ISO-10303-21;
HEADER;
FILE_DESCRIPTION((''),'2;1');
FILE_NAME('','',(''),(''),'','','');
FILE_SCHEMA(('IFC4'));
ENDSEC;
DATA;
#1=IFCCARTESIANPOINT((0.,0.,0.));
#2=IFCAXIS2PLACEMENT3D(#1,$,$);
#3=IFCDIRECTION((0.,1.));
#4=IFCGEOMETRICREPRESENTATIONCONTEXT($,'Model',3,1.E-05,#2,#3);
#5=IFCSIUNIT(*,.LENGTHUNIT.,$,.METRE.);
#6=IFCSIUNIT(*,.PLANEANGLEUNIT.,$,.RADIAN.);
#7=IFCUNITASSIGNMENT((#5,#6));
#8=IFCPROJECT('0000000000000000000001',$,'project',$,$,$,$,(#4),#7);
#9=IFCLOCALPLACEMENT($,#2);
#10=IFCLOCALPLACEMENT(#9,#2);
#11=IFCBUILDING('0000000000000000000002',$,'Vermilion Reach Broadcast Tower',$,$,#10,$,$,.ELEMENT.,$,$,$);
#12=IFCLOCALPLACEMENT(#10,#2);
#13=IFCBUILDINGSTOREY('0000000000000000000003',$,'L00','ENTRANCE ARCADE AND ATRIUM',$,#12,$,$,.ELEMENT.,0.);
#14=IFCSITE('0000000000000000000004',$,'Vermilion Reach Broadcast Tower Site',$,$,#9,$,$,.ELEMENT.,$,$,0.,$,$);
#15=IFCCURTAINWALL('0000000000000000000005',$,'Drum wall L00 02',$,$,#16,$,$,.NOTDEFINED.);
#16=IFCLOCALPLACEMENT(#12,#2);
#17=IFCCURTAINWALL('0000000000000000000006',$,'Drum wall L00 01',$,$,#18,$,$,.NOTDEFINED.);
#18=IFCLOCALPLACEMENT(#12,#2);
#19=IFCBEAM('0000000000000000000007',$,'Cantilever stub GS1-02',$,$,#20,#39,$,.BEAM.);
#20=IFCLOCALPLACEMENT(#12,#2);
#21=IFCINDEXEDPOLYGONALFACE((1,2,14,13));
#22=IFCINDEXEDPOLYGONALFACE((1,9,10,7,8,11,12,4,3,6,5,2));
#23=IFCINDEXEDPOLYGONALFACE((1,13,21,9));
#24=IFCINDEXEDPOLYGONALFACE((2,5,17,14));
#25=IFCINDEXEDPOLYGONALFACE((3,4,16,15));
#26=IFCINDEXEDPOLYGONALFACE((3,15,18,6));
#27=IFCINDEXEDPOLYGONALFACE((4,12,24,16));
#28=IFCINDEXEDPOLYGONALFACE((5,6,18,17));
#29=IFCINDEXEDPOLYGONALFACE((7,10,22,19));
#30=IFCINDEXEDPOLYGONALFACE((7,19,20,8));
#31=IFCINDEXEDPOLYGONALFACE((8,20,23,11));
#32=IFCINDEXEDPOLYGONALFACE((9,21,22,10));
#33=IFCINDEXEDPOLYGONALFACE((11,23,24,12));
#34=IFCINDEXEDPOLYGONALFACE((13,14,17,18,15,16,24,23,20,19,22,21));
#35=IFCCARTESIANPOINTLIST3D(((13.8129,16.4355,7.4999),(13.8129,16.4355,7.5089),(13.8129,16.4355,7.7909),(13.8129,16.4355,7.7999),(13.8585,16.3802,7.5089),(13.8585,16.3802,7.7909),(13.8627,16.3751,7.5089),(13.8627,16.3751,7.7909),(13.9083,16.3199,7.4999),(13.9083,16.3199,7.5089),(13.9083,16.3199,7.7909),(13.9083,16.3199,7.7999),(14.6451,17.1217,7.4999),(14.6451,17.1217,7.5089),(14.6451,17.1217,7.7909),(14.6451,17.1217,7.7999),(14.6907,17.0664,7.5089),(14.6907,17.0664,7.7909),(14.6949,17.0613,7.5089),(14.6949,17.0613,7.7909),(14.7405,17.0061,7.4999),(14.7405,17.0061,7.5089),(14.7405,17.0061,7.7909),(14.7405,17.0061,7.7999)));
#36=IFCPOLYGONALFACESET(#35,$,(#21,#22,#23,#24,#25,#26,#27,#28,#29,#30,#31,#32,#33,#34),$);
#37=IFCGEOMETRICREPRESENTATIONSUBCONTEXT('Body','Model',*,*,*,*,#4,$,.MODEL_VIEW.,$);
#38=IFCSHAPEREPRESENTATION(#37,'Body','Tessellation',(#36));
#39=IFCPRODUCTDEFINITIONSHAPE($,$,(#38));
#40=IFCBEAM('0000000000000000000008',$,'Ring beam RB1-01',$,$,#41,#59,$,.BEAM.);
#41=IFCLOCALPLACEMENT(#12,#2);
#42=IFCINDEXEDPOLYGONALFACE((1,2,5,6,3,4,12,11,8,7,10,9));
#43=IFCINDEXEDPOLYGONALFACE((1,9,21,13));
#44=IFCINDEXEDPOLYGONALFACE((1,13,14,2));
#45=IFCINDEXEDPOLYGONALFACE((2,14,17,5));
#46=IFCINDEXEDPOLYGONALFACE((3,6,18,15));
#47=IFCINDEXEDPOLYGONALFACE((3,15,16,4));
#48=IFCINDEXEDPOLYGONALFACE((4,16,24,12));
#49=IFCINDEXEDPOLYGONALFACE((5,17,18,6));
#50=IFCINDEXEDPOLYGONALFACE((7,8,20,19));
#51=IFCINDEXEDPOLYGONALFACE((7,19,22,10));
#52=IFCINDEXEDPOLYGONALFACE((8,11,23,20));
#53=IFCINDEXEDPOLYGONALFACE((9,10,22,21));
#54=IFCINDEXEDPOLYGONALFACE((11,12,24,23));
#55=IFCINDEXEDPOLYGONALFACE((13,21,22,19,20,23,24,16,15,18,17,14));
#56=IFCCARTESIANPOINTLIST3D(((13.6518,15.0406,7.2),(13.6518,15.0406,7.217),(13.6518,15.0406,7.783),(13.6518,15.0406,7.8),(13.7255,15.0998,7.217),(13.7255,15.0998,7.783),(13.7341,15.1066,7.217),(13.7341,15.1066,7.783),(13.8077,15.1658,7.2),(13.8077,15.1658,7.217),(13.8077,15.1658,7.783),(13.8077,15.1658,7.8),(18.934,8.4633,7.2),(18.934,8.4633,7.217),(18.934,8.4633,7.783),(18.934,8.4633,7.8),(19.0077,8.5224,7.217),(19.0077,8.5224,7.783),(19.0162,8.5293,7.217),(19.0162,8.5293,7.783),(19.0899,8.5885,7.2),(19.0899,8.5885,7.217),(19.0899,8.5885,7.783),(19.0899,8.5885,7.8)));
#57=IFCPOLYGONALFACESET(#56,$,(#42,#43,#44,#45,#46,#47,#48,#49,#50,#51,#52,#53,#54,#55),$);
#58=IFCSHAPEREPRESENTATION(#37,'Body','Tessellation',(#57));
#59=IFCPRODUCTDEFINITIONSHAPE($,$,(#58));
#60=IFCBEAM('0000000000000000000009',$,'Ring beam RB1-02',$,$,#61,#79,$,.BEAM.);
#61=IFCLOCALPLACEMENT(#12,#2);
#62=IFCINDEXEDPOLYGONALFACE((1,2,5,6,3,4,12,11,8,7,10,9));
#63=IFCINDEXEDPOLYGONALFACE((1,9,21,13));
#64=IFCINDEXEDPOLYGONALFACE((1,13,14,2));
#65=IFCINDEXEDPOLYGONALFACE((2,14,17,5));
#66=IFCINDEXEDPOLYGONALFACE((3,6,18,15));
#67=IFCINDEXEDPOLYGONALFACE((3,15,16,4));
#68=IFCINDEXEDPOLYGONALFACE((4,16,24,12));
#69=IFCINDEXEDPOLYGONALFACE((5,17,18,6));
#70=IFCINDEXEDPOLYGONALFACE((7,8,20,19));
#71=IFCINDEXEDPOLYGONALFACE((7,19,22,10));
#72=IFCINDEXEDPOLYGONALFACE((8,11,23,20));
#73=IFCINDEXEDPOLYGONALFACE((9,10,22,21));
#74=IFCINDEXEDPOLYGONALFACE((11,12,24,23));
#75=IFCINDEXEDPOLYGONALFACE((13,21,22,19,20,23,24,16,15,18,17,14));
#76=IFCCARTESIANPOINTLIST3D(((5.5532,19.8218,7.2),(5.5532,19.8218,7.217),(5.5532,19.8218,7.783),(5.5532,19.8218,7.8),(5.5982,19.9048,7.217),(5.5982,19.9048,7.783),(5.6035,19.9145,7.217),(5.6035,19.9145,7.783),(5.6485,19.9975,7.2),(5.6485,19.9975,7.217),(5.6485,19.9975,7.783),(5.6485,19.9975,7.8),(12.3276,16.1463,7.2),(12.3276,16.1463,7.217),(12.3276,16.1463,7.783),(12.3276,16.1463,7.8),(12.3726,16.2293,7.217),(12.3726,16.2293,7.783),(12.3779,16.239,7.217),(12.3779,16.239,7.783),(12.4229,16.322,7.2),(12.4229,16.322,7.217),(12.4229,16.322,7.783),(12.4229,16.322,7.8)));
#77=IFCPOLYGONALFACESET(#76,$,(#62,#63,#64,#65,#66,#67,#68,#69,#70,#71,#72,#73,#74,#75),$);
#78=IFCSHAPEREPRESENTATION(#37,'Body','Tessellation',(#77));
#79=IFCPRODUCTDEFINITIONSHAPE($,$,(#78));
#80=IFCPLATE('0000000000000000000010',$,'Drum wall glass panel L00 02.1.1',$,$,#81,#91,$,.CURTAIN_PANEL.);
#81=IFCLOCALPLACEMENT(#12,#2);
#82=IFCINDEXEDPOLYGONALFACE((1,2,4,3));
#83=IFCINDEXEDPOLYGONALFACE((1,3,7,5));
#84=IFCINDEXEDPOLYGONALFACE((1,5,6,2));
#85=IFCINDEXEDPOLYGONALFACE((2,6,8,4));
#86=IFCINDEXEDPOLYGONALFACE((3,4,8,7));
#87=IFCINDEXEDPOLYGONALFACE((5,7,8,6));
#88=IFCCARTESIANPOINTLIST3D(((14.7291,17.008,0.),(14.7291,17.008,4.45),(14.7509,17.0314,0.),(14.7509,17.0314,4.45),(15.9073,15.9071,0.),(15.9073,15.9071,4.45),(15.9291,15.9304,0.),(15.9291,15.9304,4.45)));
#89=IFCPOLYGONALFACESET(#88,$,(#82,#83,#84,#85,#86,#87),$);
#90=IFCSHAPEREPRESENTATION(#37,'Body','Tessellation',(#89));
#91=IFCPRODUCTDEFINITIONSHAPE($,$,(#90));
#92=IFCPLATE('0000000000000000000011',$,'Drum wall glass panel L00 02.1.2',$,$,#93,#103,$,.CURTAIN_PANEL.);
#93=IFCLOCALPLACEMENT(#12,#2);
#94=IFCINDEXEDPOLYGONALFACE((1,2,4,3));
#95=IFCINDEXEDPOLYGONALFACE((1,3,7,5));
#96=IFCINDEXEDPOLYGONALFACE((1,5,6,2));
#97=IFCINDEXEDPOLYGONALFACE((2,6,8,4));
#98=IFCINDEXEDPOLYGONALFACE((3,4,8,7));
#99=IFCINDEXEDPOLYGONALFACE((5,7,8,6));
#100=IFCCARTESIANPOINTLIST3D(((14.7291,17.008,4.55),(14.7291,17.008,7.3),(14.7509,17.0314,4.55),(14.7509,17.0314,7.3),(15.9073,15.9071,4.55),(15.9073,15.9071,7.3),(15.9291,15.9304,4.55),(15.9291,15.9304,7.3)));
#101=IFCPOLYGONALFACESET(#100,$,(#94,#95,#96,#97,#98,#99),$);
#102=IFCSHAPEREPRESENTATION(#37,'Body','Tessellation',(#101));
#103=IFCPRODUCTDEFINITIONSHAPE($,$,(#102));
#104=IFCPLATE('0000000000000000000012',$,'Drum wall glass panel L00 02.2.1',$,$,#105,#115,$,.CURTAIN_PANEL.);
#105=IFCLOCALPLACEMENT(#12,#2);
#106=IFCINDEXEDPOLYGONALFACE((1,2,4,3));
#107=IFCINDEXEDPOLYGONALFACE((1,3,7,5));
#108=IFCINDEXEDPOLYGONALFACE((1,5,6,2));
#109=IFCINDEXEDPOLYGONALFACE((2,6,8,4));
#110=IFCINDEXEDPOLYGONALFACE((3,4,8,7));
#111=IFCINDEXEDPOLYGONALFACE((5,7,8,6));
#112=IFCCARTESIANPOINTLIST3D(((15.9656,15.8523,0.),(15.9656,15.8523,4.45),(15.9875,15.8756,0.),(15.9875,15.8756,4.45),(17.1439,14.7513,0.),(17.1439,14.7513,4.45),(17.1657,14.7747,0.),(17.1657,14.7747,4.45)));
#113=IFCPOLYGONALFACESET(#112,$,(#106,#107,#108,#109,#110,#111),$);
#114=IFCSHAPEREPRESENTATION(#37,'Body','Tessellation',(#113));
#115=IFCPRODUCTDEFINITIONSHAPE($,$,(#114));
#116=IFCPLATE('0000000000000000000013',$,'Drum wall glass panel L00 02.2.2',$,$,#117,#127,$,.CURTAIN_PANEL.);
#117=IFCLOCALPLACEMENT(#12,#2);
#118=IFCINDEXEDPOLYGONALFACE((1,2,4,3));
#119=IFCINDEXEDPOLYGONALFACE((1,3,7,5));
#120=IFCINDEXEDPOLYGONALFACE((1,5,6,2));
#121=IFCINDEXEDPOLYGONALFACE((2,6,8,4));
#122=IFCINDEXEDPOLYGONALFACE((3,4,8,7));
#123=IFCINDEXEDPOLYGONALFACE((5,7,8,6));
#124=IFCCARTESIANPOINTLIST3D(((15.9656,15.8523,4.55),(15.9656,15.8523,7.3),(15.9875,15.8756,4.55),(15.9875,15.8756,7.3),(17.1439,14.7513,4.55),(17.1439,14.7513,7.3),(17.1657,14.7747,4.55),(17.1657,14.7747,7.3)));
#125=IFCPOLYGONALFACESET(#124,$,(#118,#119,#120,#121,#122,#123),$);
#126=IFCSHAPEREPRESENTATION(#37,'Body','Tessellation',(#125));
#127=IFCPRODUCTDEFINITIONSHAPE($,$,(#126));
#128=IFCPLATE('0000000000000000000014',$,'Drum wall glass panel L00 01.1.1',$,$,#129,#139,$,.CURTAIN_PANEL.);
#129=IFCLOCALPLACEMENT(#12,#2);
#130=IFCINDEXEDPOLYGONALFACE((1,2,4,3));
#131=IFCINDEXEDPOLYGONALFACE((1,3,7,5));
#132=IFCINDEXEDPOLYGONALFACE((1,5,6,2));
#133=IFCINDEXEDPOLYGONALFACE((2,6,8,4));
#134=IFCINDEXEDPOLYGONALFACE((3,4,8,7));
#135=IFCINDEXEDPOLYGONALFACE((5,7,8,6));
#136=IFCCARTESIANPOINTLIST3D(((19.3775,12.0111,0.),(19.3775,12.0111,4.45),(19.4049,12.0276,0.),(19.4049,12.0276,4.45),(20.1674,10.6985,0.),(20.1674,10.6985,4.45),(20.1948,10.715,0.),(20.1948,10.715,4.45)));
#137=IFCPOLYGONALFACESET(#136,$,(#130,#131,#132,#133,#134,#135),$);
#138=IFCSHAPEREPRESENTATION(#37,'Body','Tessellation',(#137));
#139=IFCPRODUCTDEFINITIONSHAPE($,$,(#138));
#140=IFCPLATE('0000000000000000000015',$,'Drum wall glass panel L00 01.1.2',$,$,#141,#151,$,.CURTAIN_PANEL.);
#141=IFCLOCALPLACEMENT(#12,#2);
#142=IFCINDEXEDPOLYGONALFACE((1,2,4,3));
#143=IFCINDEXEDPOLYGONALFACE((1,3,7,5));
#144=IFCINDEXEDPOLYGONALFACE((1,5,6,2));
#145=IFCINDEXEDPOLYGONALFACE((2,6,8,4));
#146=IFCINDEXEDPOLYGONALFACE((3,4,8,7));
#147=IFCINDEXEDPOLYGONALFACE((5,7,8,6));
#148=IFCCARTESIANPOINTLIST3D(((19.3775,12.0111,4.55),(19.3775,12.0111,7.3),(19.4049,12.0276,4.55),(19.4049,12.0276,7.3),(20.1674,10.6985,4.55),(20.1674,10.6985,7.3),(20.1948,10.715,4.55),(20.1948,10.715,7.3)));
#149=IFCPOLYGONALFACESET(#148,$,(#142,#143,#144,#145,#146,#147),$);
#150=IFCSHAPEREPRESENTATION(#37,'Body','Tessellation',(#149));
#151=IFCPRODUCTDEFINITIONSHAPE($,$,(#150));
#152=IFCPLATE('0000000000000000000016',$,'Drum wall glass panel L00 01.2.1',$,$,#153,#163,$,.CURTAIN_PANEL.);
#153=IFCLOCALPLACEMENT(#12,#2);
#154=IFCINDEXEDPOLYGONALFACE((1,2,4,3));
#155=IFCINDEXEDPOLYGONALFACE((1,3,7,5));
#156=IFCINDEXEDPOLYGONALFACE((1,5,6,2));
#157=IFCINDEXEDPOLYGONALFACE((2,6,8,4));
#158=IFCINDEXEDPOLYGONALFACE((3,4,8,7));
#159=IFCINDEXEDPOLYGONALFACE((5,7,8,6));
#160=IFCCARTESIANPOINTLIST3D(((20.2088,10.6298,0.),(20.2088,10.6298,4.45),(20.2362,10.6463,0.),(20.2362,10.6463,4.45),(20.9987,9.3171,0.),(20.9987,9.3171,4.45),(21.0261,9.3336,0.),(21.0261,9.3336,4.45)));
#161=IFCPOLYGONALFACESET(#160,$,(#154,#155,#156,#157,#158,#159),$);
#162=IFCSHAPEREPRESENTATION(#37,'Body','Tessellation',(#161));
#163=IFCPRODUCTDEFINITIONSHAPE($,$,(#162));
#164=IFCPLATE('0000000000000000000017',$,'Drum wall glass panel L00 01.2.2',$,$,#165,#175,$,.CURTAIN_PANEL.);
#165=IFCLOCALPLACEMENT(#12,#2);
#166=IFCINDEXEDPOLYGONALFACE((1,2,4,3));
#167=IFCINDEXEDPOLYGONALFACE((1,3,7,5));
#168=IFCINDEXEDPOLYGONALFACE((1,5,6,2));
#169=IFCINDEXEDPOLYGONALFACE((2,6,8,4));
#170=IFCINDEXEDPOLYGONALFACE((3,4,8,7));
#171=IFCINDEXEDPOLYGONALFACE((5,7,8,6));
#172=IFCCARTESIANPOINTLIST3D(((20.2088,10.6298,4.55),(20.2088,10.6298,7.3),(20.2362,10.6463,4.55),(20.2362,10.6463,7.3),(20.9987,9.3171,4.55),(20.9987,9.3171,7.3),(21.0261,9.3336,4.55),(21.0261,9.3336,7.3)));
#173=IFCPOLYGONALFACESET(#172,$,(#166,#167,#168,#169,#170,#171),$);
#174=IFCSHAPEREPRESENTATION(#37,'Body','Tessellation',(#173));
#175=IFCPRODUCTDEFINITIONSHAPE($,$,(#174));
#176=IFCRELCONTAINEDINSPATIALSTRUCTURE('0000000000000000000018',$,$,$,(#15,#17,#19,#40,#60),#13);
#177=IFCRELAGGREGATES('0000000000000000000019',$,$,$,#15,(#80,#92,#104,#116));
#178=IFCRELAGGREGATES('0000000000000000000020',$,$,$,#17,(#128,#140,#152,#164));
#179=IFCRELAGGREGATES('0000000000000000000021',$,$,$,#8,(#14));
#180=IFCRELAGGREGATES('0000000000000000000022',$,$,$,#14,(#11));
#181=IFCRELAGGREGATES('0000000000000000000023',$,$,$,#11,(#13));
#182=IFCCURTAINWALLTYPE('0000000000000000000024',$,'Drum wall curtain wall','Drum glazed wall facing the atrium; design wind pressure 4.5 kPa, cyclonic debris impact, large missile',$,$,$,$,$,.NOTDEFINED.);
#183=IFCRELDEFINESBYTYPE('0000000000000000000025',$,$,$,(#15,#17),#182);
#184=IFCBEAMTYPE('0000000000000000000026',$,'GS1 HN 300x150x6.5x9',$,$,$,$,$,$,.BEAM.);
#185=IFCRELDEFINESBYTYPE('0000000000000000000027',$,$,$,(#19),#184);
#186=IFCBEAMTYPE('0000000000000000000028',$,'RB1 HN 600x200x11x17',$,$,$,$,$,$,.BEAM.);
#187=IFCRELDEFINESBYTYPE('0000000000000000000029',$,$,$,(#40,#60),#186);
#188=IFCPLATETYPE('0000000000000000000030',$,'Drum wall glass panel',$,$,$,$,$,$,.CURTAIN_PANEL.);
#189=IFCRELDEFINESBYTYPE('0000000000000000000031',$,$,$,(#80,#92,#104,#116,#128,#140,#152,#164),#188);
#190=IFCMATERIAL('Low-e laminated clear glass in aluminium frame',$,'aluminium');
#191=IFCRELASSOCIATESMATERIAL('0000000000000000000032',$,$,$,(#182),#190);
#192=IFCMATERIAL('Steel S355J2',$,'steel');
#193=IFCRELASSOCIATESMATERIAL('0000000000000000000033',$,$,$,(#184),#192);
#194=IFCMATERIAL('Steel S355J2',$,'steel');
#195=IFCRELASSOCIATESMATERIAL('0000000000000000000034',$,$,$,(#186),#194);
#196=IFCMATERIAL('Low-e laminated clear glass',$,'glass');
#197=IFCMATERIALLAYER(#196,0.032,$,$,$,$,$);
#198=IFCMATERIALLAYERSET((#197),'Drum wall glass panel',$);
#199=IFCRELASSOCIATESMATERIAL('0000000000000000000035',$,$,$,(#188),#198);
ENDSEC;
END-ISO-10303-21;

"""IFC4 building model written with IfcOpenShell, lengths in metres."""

from ifc_helpers import new_model, si_unit, direction, frame, origin, origin_2d, place, context, subcontext, project, spatial, rectangle, i_section, extrude, material, layer, layer_set, material_profile, profile_set, type_object, element, aggregate, save


model = new_model("IFC4")

# Units and contexts
model_context = context("Model", 3, precision=1e-05, world=origin(), true_north=direction((0.0, 1.0)))
body_context = subcontext(model_context, "Body", "Model", "MODEL_VIEW")
ifc_project = project(units=[si_unit("LENGTHUNIT", "METRE"), si_unit("PLANEANGLEUNIT", "RADIAN")], contexts=[model_context])

# Site, building, storey
site_placement = place(None, origin())
site = spatial("IfcSite", under=ifc_project, at=site_placement, Name="Vermilion Reach Broadcast Tower Site", CompositionType="ELEMENT", RefElevation=0.0)
building_placement = place(site_placement, origin())
building = spatial("IfcBuilding", under=site, at=building_placement, Name="Vermilion Reach Broadcast Tower", CompositionType="ELEMENT")
storey_placement = place(building_placement, origin())
storey = spatial("IfcBuildingStorey", under=building, at=storey_placement, Name="L00", Description="ENTRANCE ARCADE AND ATRIUM", CompositionType="ELEMENT", Elevation=0.0)

# Curtain walls
ifc_material_1 = material(Name="Low-e laminated clear glass in aluminium frame", Category="aluminium")
curtain_wall_type = type_object("IfcCurtainWallType", Name="Drum wall curtain wall", Description="Drum glazed wall facing the atrium; design wind pressure 4.5 kPa, cyclonic debris impact, large missile", PredefinedType="NOTDEFINED", material=ifc_material_1)
placement = place(storey_placement, origin())
curtain_wall_1 = element("IfcCurtainWall", 1, at=placement, inside=storey, type_object=curtain_wall_type, Name="Drum wall L00 02", PredefinedType="NOTDEFINED")
curtain_wall_2 = element("IfcCurtainWall", 2, at=placement, inside=storey, type_object=curtain_wall_type, Name="Drum wall L00 01", PredefinedType="NOTDEFINED")

# Beams
ifc_material_2 = material(Name="Steel S355J2", Category="steel")
ifc_material_profile_1 = material_profile(ifc_material_2, i_section(OverallWidth=0.1499, OverallDepth=0.3, WebThickness=0.0066, FlangeThickness=0.009, at=origin_2d()), Name="S355J2 HN 300x150x6.5x9")
ifc_profile_set_1 = profile_set([ifc_material_profile_1], Name="Steel S355J2")
beam_type_1 = type_object("IfcBeamType", Name="GS1 HN 300x150x6.5x9", PredefinedType="BEAM", material=ifc_profile_set_1)
beam_1_placement = place(storey_placement, frame((13.8606, 16.3777, 7.6499), z_axis=(0.771532, 0.636191, 0.0), x_axis=(-0.636191, 0.771532, 0.0)))
element("IfcBeam", 3, at=beam_1_placement, inside=storey, type_object=beam_type_1, Name="Cantilever stub GS1-02", PredefinedType="BEAM", context=body_context, shape_type="SweptSolid", body=[
    extrude(i_section(OverallWidth=0.1499, OverallDepth=0.3, WebThickness=0.0066, FlangeThickness=0.009, at=origin_2d()), origin(), (0.0, 0.0, 1.0), 1.0786),
])
ifc_material_3 = material(Name="Steel S355J2", Category="steel")
ifc_material_profile_2 = material_profile(ifc_material_3, i_section(OverallWidth=0.2, OverallDepth=0.6001, WebThickness=0.011, FlangeThickness=0.0171, at=origin_2d()), Name="S355J2 HN 600x200x11x17")
ifc_profile_set_2 = profile_set([ifc_material_profile_2], Name="Steel S355J2")
beam_type_2 = type_object("IfcBeamType", Name="RB1 HN 600x200x11x17", PredefinedType="BEAM", material=ifc_profile_set_2)
beam_2_placement = place(storey_placement, frame((19.012, 8.5259, 7.5), z_axis=(-0.626162, 0.779693, 0.0), x_axis=(-0.779693, -0.626162, 0.0)))
element("IfcBeam", 4, at=beam_2_placement, inside=storey, type_object=beam_type_2, Name="Ring beam RB1-01", PredefinedType="BEAM", context=body_context, shape_type="SweptSolid", body=[
    extrude(i_section(OverallWidth=0.2, OverallDepth=0.6001, WebThickness=0.011, FlangeThickness=0.0171, at=origin_2d()), origin(), (0.0, 0.0, 1.0), 8.4358),
])
beam_3_placement = place(storey_placement, frame((12.3752, 16.2341, 7.5), z_axis=(-0.878962, 0.476891, 0.0), x_axis=(-0.476891, -0.878962, 0.0)))
element("IfcBeam", 5, at=beam_3_placement, inside=storey, type_object=beam_type_2, Name="Ring beam RB1-02", PredefinedType="BEAM", context=body_context, shape_type="SweptSolid", body=[
    extrude(i_section(OverallWidth=0.2, OverallDepth=0.6001, WebThickness=0.011, FlangeThickness=0.0171, at=origin_2d()), origin(), (0.0, 0.0, 1.0), 7.7073),
])

# Plates
ifc_material_4 = material(Name="Low-e laminated clear glass", Category="glass")
ifc_layer_1 = layer(ifc_material_4, 0.032)
ifc_layer_set_1 = layer_set([ifc_layer_1], Name="Drum wall glass panel")
plate_type = type_object("IfcPlateType", Name="Drum wall glass panel", PredefinedType="CURTAIN_PANEL", material=ifc_layer_set_1)
plate_1_placement = place(storey_placement, frame((15.3291, 16.4692, 0.0), z_axis=(0.0, 0.0, 1.0), x_axis=(0.730654, -0.682748, 0.0)))
plate_1 = element("IfcPlate", 6, at=plate_1_placement, type_object=plate_type, Name="Drum wall glass panel L00 02.1.1", PredefinedType="CURTAIN_PANEL", context=body_context, shape_type="SweptSolid", body=[
    extrude(rectangle(XDim=1.6125, YDim=0.032, at=origin_2d()), origin(), (0.0, 0.0, 1.0), 4.45),
])
plate_2_placement = place(storey_placement, frame((15.3291, 16.4692, 4.55), z_axis=(0.0, 0.0, 1.0), x_axis=(0.730654, -0.682748, 0.0)))
plate_2 = element("IfcPlate", 7, at=plate_2_placement, type_object=plate_type, Name="Drum wall glass panel L00 02.1.2", PredefinedType="CURTAIN_PANEL", context=body_context, shape_type="SweptSolid", body=[
    extrude(rectangle(XDim=1.6125, YDim=0.032, at=origin_2d()), origin(), (0.0, 0.0, 1.0), 2.75),
])
plate_3_placement = place(storey_placement, frame((16.5657, 15.3135, 0.0), z_axis=(0.0, 0.0, 1.0), x_axis=(0.730654, -0.682748, 0.0)))
plate_3 = element("IfcPlate", 8, at=plate_3_placement, type_object=plate_type, Name="Drum wall glass panel L00 02.2.1", PredefinedType="CURTAIN_PANEL", context=body_context, shape_type="SweptSolid", body=[
    extrude(rectangle(XDim=1.6125, YDim=0.032, at=origin_2d()), origin(), (0.0, 0.0, 1.0), 4.45),
])
plate_4_placement = place(storey_placement, frame((16.5657, 15.3135, 4.55), z_axis=(0.0, 0.0, 1.0), x_axis=(0.730654, -0.682748, 0.0)))
plate_4 = element("IfcPlate", 9, at=plate_4_placement, type_object=plate_type, Name="Drum wall glass panel L00 02.2.2", PredefinedType="CURTAIN_PANEL", context=body_context, shape_type="SweptSolid", body=[
    extrude(rectangle(XDim=1.6125, YDim=0.032, at=origin_2d()), origin(), (0.0, 0.0, 1.0), 2.75),
])
aggregate(curtain_wall_1, [plate_1, plate_2, plate_3, plate_4])
plate_5_placement = place(storey_placement, frame((19.7861, 11.363, 0.0), z_axis=(0.0, 0.0, 1.0), x_axis=(0.515613, -0.856821, 0.0)))
plate_5 = element("IfcPlate", 10, at=plate_5_placement, type_object=plate_type, Name="Drum wall glass panel L00 01.1.1", PredefinedType="CURTAIN_PANEL", context=body_context, shape_type="SweptSolid", body=[
    extrude(rectangle(XDim=1.532, YDim=0.032, at=origin_2d()), origin(), (0.0, 0.0, 1.0), 4.45),
])
plate_6_placement = place(storey_placement, frame((19.7861, 11.363, 4.55), z_axis=(0.0, 0.0, 1.0), x_axis=(0.515613, -0.856821, 0.0)))
plate_6 = element("IfcPlate", 11, at=plate_6_placement, type_object=plate_type, Name="Drum wall glass panel L00 01.1.2", PredefinedType="CURTAIN_PANEL", context=body_context, shape_type="SweptSolid", body=[
    extrude(rectangle(XDim=1.532, YDim=0.032, at=origin_2d()), origin(), (0.0, 0.0, 1.0), 2.75),
])
plate_7_placement = place(storey_placement, frame((20.6174, 9.9817, 0.0), z_axis=(0.0, 0.0, 1.0), x_axis=(0.515613, -0.856821, 0.0)))
plate_7 = element("IfcPlate", 12, at=plate_7_placement, type_object=plate_type, Name="Drum wall glass panel L00 01.2.1", PredefinedType="CURTAIN_PANEL", context=body_context, shape_type="SweptSolid", body=[
    extrude(rectangle(XDim=1.532, YDim=0.032, at=origin_2d()), origin(), (0.0, 0.0, 1.0), 4.45),
])
plate_8_placement = place(storey_placement, frame((20.6174, 9.9817, 4.55), z_axis=(0.0, 0.0, 1.0), x_axis=(0.515613, -0.856821, 0.0)))
plate_8 = element("IfcPlate", 13, at=plate_8_placement, type_object=plate_type, Name="Drum wall glass panel L00 01.2.2", PredefinedType="CURTAIN_PANEL", context=body_context, shape_type="SweptSolid", body=[
    extrude(rectangle(XDim=1.532, YDim=0.032, at=origin_2d()), origin(), (0.0, 0.0, 1.0), 2.75),
])
aggregate(curtain_wall_2, [plate_5, plate_6, plate_7, plate_8])

save(model, "model.ifc")
